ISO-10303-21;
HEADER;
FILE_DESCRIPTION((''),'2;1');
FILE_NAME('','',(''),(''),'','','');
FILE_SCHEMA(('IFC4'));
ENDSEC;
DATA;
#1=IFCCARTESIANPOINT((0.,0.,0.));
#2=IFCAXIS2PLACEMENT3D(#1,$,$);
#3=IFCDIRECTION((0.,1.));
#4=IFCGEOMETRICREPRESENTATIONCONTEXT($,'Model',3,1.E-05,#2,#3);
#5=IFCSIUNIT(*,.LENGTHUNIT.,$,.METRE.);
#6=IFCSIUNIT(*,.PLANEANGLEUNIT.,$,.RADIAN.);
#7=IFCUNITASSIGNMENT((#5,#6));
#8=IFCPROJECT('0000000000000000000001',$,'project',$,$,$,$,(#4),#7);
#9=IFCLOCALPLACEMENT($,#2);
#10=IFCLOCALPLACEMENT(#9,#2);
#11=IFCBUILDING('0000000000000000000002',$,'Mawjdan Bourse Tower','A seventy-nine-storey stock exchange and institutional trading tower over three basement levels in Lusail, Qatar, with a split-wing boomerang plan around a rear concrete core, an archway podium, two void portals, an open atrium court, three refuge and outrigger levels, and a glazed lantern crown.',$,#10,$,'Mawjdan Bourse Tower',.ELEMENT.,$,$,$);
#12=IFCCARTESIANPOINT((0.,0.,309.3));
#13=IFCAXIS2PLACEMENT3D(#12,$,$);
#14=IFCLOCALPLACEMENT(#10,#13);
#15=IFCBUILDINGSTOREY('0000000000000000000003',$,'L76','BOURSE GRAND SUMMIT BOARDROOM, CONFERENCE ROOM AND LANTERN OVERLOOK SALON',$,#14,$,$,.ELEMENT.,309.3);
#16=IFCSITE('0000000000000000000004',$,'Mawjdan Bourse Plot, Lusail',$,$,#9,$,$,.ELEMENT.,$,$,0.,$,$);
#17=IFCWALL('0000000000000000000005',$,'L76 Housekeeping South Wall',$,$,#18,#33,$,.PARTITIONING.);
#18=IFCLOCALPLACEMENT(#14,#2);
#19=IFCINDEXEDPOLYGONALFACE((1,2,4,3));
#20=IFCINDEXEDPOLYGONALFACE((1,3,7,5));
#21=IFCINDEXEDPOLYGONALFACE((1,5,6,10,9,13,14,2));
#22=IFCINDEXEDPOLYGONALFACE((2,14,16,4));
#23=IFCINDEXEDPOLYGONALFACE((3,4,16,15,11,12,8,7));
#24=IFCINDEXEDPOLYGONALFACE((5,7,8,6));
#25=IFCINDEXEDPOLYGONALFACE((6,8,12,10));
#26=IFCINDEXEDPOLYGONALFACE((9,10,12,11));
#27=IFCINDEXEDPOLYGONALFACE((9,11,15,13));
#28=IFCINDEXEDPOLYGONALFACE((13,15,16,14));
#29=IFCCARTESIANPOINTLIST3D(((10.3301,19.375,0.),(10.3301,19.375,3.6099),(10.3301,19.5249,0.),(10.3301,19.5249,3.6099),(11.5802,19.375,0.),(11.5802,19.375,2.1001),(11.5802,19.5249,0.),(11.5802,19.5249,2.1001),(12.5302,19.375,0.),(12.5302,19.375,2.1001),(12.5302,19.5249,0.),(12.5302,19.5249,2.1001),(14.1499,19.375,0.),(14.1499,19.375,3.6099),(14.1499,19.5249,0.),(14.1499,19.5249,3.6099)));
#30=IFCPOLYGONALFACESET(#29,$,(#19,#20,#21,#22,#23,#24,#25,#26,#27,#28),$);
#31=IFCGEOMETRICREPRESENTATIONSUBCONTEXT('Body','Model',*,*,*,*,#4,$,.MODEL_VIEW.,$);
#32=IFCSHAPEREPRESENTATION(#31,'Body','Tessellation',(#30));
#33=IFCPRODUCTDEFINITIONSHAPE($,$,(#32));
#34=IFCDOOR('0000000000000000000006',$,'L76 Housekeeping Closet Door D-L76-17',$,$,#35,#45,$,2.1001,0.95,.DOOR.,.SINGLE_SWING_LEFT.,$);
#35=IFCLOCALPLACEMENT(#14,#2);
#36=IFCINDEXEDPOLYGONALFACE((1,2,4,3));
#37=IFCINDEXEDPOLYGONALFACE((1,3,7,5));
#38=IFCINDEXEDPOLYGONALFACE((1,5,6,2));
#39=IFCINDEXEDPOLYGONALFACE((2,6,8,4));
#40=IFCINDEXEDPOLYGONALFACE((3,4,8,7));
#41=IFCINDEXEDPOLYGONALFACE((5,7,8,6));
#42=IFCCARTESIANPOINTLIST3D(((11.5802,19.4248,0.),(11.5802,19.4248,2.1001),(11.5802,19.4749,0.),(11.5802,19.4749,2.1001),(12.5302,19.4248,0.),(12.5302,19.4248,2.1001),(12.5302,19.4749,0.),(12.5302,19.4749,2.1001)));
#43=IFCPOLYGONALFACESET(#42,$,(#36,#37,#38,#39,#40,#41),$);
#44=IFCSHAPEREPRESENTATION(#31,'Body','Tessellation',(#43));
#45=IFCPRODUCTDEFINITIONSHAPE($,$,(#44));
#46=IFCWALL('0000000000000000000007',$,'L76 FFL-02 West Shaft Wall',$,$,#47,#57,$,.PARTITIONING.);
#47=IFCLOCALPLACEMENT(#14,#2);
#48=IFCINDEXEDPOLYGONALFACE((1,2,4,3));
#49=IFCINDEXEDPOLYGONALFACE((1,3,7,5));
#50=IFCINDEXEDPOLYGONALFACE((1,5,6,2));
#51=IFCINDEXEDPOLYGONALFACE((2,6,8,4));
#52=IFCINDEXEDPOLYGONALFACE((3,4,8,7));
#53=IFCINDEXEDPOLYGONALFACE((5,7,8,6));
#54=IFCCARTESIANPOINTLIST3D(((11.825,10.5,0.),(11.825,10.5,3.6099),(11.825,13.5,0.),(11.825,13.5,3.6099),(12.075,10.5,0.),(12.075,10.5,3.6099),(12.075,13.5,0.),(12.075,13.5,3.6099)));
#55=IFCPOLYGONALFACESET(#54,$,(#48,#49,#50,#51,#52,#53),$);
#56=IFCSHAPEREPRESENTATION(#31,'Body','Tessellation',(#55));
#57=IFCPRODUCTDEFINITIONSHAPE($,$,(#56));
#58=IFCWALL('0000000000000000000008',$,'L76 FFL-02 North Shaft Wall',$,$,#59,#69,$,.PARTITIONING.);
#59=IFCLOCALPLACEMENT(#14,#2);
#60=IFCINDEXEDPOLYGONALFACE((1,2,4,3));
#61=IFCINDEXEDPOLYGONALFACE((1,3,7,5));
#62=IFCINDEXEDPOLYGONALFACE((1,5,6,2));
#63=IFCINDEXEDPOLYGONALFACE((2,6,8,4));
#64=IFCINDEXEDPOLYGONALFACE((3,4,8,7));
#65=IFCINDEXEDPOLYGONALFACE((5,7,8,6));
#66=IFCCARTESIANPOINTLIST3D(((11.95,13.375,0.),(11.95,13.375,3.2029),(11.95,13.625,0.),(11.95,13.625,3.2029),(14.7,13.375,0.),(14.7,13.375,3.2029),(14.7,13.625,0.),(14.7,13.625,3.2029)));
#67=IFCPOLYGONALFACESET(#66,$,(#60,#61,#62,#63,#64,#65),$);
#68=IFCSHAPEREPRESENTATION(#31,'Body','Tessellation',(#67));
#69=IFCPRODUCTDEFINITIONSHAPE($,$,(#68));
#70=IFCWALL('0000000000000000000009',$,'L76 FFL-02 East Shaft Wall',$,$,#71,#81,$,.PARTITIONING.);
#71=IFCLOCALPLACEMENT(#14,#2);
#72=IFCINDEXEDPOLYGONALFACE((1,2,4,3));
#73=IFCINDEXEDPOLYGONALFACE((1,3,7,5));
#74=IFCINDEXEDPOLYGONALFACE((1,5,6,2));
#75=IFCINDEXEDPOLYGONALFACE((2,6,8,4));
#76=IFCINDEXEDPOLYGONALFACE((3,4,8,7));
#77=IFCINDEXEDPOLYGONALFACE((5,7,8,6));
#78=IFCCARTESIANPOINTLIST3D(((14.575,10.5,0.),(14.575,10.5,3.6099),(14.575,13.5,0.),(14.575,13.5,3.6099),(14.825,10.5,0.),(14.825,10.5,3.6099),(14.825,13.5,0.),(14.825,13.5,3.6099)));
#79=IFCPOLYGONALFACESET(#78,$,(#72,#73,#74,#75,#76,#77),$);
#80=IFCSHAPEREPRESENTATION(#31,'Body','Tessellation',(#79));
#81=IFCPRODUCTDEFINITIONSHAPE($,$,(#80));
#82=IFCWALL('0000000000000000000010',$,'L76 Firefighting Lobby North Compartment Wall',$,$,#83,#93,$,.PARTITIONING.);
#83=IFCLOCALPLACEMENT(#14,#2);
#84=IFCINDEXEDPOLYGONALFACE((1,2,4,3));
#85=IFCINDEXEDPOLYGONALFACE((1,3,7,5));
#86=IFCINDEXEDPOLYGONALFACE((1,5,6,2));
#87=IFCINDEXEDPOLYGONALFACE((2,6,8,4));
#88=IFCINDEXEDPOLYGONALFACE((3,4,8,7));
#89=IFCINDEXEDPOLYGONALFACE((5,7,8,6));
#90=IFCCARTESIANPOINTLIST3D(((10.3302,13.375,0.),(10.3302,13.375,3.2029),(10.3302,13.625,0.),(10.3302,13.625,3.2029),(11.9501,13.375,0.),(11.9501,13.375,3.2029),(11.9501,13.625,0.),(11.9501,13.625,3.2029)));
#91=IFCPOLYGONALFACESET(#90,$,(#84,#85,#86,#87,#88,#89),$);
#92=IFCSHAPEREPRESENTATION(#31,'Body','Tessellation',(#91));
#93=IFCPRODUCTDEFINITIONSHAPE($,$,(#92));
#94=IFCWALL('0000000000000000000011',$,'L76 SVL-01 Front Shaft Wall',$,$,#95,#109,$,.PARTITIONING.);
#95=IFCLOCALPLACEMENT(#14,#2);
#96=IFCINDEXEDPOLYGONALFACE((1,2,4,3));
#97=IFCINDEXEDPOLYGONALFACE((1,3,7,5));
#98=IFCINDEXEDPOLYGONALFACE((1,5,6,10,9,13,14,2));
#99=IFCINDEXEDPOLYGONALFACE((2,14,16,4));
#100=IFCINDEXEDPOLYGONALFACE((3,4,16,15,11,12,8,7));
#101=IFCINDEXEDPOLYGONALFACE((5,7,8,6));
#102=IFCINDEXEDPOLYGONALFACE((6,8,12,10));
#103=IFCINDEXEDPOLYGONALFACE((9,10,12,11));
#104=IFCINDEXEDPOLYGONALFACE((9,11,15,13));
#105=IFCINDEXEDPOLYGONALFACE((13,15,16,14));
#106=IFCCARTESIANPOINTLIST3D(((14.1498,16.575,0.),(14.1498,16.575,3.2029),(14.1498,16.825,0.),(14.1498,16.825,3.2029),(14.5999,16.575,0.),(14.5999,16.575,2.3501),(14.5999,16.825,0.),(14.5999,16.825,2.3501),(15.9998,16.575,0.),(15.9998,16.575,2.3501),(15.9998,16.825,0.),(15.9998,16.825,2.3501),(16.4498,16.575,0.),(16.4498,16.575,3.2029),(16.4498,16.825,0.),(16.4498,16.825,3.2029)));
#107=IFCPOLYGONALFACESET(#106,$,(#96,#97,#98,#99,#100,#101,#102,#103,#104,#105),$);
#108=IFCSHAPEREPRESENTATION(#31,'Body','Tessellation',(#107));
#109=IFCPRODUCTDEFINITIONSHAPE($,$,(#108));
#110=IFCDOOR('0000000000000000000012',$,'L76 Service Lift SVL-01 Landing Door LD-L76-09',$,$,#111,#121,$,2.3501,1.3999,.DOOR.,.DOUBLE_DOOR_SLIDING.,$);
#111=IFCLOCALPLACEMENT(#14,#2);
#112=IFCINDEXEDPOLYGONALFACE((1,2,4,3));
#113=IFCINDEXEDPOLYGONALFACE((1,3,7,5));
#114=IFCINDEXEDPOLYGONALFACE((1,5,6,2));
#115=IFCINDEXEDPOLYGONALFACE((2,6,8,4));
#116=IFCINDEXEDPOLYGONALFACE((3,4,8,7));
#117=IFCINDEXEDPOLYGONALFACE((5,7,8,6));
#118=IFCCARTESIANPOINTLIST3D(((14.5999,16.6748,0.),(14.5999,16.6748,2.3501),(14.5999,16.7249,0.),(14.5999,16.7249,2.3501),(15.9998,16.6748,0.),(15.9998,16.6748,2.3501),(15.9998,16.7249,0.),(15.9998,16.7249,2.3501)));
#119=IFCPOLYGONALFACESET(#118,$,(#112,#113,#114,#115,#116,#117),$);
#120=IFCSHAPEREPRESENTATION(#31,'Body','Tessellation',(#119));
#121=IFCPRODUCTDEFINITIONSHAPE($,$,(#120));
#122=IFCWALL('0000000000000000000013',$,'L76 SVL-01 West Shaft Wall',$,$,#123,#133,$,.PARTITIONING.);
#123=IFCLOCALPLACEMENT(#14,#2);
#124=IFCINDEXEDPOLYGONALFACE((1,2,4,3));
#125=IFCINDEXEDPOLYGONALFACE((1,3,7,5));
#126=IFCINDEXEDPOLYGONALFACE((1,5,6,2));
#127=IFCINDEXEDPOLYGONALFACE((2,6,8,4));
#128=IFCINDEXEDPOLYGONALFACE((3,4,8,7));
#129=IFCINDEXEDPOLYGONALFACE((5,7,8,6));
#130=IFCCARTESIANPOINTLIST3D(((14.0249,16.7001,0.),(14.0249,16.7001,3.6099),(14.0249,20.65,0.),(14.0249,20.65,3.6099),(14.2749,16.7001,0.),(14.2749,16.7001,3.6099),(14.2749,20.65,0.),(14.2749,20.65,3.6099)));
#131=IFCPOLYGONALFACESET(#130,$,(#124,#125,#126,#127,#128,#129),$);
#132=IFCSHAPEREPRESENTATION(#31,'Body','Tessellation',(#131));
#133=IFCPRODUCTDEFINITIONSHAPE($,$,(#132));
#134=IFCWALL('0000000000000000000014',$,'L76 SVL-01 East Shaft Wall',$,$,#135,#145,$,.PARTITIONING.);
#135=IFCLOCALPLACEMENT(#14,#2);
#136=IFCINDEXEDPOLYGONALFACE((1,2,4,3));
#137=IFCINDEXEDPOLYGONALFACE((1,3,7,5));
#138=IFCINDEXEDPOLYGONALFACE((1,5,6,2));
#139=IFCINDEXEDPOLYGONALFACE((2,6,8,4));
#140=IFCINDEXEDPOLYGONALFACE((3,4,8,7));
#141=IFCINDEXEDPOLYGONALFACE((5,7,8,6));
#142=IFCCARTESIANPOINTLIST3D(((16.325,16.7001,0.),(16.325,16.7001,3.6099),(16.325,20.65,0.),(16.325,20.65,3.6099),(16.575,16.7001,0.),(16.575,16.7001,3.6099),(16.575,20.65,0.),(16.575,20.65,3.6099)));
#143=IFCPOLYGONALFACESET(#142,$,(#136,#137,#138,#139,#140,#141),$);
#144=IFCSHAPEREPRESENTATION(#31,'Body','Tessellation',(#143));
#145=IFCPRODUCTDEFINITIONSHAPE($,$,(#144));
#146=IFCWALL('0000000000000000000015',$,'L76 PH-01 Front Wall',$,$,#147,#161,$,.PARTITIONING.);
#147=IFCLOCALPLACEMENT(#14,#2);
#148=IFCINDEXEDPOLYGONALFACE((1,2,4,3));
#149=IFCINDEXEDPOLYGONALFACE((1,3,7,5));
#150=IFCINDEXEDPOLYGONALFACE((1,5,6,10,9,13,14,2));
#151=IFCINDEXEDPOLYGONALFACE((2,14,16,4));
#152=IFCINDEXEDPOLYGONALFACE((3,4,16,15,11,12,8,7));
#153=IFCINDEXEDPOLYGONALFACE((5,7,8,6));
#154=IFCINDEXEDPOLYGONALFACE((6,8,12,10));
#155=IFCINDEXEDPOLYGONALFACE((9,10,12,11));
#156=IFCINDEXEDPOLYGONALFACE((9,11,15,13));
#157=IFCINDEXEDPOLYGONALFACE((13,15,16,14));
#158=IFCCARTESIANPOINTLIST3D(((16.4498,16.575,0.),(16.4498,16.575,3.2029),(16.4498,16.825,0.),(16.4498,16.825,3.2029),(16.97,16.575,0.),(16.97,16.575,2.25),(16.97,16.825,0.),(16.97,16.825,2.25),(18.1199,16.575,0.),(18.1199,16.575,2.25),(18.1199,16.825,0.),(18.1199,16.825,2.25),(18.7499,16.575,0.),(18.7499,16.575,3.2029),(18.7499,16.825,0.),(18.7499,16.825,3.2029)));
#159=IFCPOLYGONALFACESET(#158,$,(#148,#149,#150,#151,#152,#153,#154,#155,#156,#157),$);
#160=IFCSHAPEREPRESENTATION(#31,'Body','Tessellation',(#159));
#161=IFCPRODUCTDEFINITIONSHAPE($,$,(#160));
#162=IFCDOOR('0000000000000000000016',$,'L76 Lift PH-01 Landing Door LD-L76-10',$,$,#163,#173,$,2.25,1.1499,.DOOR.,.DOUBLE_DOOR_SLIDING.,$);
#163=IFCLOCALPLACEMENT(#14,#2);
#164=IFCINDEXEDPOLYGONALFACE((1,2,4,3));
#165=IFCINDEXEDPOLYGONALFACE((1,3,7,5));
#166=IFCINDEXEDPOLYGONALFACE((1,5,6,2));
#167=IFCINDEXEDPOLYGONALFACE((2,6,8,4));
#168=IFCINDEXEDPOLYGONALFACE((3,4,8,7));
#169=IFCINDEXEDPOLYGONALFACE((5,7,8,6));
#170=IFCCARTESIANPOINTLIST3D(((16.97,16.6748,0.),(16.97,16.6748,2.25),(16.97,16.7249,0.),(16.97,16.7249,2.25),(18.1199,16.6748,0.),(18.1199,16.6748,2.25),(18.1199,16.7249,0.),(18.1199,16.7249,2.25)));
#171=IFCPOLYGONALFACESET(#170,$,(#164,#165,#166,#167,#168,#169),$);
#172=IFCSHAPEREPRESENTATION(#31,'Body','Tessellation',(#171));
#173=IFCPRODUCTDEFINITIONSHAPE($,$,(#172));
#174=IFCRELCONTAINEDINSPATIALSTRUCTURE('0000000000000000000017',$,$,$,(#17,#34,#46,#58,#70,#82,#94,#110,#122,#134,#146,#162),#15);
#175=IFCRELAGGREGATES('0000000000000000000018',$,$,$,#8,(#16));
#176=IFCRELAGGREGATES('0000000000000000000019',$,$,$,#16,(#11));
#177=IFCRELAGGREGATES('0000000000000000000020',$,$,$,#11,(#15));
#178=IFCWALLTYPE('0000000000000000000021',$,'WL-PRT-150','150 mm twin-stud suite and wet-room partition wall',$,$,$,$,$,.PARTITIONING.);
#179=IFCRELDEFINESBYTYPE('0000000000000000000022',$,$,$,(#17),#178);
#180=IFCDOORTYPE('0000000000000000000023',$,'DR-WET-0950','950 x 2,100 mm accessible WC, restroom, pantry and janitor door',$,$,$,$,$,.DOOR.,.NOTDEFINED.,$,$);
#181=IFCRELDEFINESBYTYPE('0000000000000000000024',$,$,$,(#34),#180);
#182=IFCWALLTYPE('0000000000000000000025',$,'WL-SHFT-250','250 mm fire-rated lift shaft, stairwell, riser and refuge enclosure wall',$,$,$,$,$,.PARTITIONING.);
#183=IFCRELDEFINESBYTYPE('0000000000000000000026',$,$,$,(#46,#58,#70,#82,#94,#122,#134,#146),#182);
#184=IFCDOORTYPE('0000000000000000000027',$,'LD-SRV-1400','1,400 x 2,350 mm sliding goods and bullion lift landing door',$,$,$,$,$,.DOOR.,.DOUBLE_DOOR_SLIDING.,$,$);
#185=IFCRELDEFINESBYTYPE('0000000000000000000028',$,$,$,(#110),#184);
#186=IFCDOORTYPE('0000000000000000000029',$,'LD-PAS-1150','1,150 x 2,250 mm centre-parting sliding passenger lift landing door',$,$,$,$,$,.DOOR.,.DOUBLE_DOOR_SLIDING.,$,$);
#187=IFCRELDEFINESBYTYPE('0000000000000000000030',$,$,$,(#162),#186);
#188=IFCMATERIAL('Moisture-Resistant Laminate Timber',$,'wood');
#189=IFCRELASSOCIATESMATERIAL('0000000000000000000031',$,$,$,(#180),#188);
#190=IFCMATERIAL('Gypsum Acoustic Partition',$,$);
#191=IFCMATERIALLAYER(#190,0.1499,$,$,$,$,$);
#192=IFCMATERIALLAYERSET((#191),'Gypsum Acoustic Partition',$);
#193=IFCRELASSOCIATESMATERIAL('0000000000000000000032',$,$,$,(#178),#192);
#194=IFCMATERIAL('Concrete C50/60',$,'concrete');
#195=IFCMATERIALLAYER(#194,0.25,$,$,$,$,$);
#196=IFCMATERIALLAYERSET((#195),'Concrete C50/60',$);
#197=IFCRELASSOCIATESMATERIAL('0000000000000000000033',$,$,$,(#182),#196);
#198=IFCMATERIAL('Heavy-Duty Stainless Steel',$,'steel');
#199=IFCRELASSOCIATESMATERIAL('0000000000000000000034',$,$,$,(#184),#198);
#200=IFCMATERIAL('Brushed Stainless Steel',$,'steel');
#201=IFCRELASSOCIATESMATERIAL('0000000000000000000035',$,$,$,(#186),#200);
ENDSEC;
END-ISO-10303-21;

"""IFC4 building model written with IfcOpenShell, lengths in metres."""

from ifc_helpers import new_model, si_unit, direction, frame, frame_2d, origin, place, context, subcontext, project, spatial, rectangle, extrude, material, layer, layer_set, type_object, element, fill, save


model = new_model("IFC4")

# Units and contexts
model_context = context("Model", 3, precision=1e-05, world=origin(), true_north=direction((0.0, 1.0)))
body_context = subcontext(model_context, "Body", "Model", "MODEL_VIEW")
ifc_project = project(units=[si_unit("LENGTHUNIT", "METRE"), si_unit("PLANEANGLEUNIT", "RADIAN")], contexts=[model_context])

# Site, building, storey
site_placement = place(None, origin())
site = spatial("IfcSite", under=ifc_project, at=site_placement, Name="Mawjdan Bourse Plot, Lusail", CompositionType="ELEMENT", RefElevation=0.0)
building_placement = place(site_placement, origin())
building = spatial("IfcBuilding", under=site, at=building_placement, Name="Mawjdan Bourse Tower", Description="A seventy-nine-storey stock exchange and institutional trading tower over three basement levels in Lusail, Qatar, with a split-wing boomerang plan around a rear concrete core, an archway podium, two void portals, an open atrium court, three refuge and outrigger levels, and a glazed lantern crown.", LongName="Mawjdan Bourse Tower", CompositionType="ELEMENT")
storey_placement = place(building_placement, frame((0.0, 0.0, 309.3)))
storey = spatial("IfcBuildingStorey", under=building, at=storey_placement, Name="L76", Description="BOURSE GRAND SUMMIT BOARDROOM, CONFERENCE ROOM AND LANTERN OVERLOOK SALON", CompositionType="ELEMENT", Elevation=309.3)

# Wall, opening, door
ifc_material_1 = material(Name="Moisture-Resistant Laminate Timber", Category="wood")
door_type_1 = type_object("IfcDoorType", Name="DR-WET-0950", Description="950 x 2,100 mm accessible WC, restroom, pantry and janitor door", OperationType="NOTDEFINED", PredefinedType="DOOR", material=ifc_material_1)
ifc_material_2 = material(Name="Gypsum Acoustic Partition")
ifc_layer_1 = layer(ifc_material_2, 0.1499)
ifc_layer_set_1 = layer_set([ifc_layer_1], Name="Gypsum Acoustic Partition")
wall_type_1 = type_object("IfcWallType", Name="WL-PRT-150", Description="150 mm twin-stud suite and wet-room partition wall", PredefinedType="PARTITIONING", material=ifc_layer_set_1)
wall_1_placement = place(storey_placement, frame((10.3301, 19.45, 0.0), z_axis=(0.0, 0.0, 1.0), x_axis=(1.0, 0.0, 0.0)))
wall_1 = element("IfcWall", 1, at=wall_1_placement, inside=storey, type_object=wall_type_1, Name="L76 Housekeeping South Wall", PredefinedType="PARTITIONING", context=body_context, shape_type="SweptSolid", body=[
    extrude(rectangle(XDim=3.8198, YDim=0.1499, at=frame_2d((1.9099, 0.0))), origin(), (0.0, 0.0, 1.0), 3.6099),
])
opening_1_placement = place(wall_1_placement, frame((1.25, 0.0, 0.0)))
opening_1 = element("IfcOpeningElement", 2, at=opening_1_placement, cuts=wall_1, PredefinedType="OPENING", context=body_context, shape_type="SweptSolid", body=[
    extrude(rectangle(XDim=0.95, YDim=2.1001, at=frame_2d((0.4751, 1.05))), frame((0.0, 0.085, 0.0), z_axis=(0.0, -1.0, 0.0), x_axis=(1.0, 0.0, 0.0)), (0.0, 0.0, 1.0), 0.1699),
])
door_1_placement = place(opening_1_placement, origin())
door_1 = element("IfcDoor", 3, at=door_1_placement, inside=storey, type_object=door_type_1, Name="L76 Housekeeping Closet Door D-L76-17", OperationType="SINGLE_SWING_LEFT", OverallHeight=2.1001, OverallWidth=0.95, PredefinedType="DOOR", context=body_context, shape_type="SweptSolid", body=[
    extrude(rectangle(XDim=0.95, YDim=2.1001, at=frame_2d((0.4751, 1.05))), frame((0.0, 0.0249, 0.0), z_axis=(0.0, -1.0, 0.0), x_axis=(1.0, 0.0, 0.0)), (0.0, 0.0, 1.0), 0.05),
])
fill(opening_1, door_1)

# Walls
ifc_material_3 = material(Name="Concrete C50/60", Category="concrete")
ifc_layer_2 = layer(ifc_material_3, 0.25)
ifc_layer_set_2 = layer_set([ifc_layer_2], Name="Concrete C50/60")
wall_type_2 = type_object("IfcWallType", Name="WL-SHFT-250", Description="250 mm fire-rated lift shaft, stairwell, riser and refuge enclosure wall", PredefinedType="PARTITIONING", material=ifc_layer_set_2)
wall_2_placement = place(storey_placement, frame((11.95, 10.5, 0.0), z_axis=(0.0, 0.0, 1.0), x_axis=(0.0, 1.0, 0.0)))
element("IfcWall", 4, at=wall_2_placement, inside=storey, type_object=wall_type_2, Name="L76 FFL-02 West Shaft Wall", PredefinedType="PARTITIONING", context=body_context, shape_type="SweptSolid", body=[
    extrude(rectangle(XDim=3.0, YDim=0.25, at=frame_2d((1.5, 0.0))), origin(), (0.0, 0.0, 1.0), 3.6099),
])
wall_3_placement = place(storey_placement, frame((11.95, 13.5, 0.0), z_axis=(0.0, 0.0, 1.0), x_axis=(1.0, 0.0, 0.0)))
element("IfcWall", 5, at=wall_3_placement, inside=storey, type_object=wall_type_2, Name="L76 FFL-02 North Shaft Wall", PredefinedType="PARTITIONING", context=body_context, shape_type="SweptSolid", body=[
    extrude(rectangle(XDim=2.75, YDim=0.25, at=frame_2d((1.375, 0.0))), origin(), (0.0, 0.0, 1.0), 3.2029),
])
wall_4_placement = place(storey_placement, frame((14.7, 10.5, 0.0), z_axis=(0.0, 0.0, 1.0), x_axis=(0.0, 1.0, 0.0)))
element("IfcWall", 6, at=wall_4_placement, inside=storey, type_object=wall_type_2, Name="L76 FFL-02 East Shaft Wall", PredefinedType="PARTITIONING", context=body_context, shape_type="SweptSolid", body=[
    extrude(rectangle(XDim=3.0, YDim=0.25, at=frame_2d((1.5, 0.0))), origin(), (0.0, 0.0, 1.0), 3.6099),
])
wall_5_placement = place(storey_placement, frame((10.3301, 13.5, 0.0), z_axis=(0.0, 0.0, 1.0), x_axis=(1.0, 0.0, 0.0)))
element("IfcWall", 7, at=wall_5_placement, inside=storey, type_object=wall_type_2, Name="L76 Firefighting Lobby North Compartment Wall", PredefinedType="PARTITIONING", context=body_context, shape_type="SweptSolid", body=[
    extrude(rectangle(XDim=1.6199, YDim=0.25, at=frame_2d((0.8101, 0.0))), origin(), (0.0, 0.0, 1.0), 3.2029),
])

# Wall, opening, door
wall_6_placement = place(storey_placement, frame((14.1499, 16.7, 0.0), z_axis=(0.0, 0.0, 1.0), x_axis=(1.0, 0.0, 0.0)))
wall_6 = element("IfcWall", 8, at=wall_6_placement, inside=storey, type_object=wall_type_2, Name="L76 SVL-01 Front Shaft Wall", PredefinedType="PARTITIONING", context=body_context, shape_type="SweptSolid", body=[
    extrude(rectangle(XDim=2.3, YDim=0.25, at=frame_2d((1.1499, 0.0))), origin(), (0.0, 0.0, 1.0), 3.2029),
])
opening_2_placement = place(wall_6_placement, frame((0.45, 0.0, 0.0)))
opening_2 = element("IfcOpeningElement", 9, at=opening_2_placement, cuts=wall_6, PredefinedType="OPENING", context=body_context, shape_type="SweptSolid", body=[
    extrude(rectangle(XDim=1.3999, YDim=2.3501, at=frame_2d((0.7, 1.175))), frame((0.0, 0.135, 0.0), z_axis=(0.0, -1.0, 0.0), x_axis=(1.0, 0.0, 0.0)), (0.0, 0.0, 1.0), 0.27),
])
ifc_material_4 = material(Name="Heavy-Duty Stainless Steel", Category="steel")
door_type_2 = type_object("IfcDoorType", Name="LD-SRV-1400", Description="1,400 x 2,350 mm sliding goods and bullion lift landing door", OperationType="DOUBLE_DOOR_SLIDING", PredefinedType="DOOR", material=ifc_material_4)
door_2_placement = place(opening_2_placement, origin())
door_2 = element("IfcDoor", 10, at=door_2_placement, inside=storey, type_object=door_type_2, Name="L76 Service Lift SVL-01 Landing Door LD-L76-09", OperationType="DOUBLE_DOOR_SLIDING", OverallHeight=2.3501, OverallWidth=1.3999, PredefinedType="DOOR", context=body_context, shape_type="SweptSolid", body=[
    extrude(rectangle(XDim=1.3999, YDim=2.3501, at=frame_2d((0.7, 1.175))), frame((0.0, 0.0249, 0.0), z_axis=(0.0, -1.0, 0.0), x_axis=(1.0, 0.0, 0.0)), (0.0, 0.0, 1.0), 0.05),
])
fill(opening_2, door_2)

# Walls
for number, where, z_axis, x_axis, name in (
    (11, (14.1499, 16.7, 0.0), (0.0, 0.0, 1.0), (0.0, 1.0, 0.0), "L76 SVL-01 West Shaft Wall"),
    (12, (16.45, 16.7, 0.0), (0.0, 0.0, 1.0), (0.0, 1.0, 0.0), "L76 SVL-01 East Shaft Wall"),
):
    element("IfcWall", number, at=place(storey_placement, frame(where, z_axis=z_axis, x_axis=x_axis)), inside=storey, type_object=wall_type_2, Name=name, PredefinedType="PARTITIONING", context=body_context, shape_type="SweptSolid", body=[
        extrude(rectangle(XDim=3.95, YDim=0.25, at=frame_2d((1.9751, 0.0))), origin(), (0.0, 0.0, 1.0), 3.6099),
    ])

# Wall, opening, door
wall_7_placement = place(storey_placement, frame((16.45, 16.7, 0.0), z_axis=(0.0, 0.0, 1.0), x_axis=(1.0, 0.0, 0.0)))
wall_7 = element("IfcWall", 13, at=wall_7_placement, inside=storey, type_object=wall_type_2, Name="L76 PH-01 Front Wall", PredefinedType="PARTITIONING", context=body_context, shape_type="SweptSolid", body=[
    extrude(rectangle(XDim=2.3, YDim=0.25, at=frame_2d((1.1499, 0.0))), origin(), (0.0, 0.0, 1.0), 3.2029),
])
opening_3_placement = place(wall_7_placement, frame((0.52, 0.0, 0.0)))
opening_3 = element("IfcOpeningElement", 14, at=opening_3_placement, cuts=wall_7, PredefinedType="OPENING", context=body_context, shape_type="SweptSolid", body=[
    extrude(rectangle(XDim=1.1499, YDim=2.25, at=frame_2d((0.575, 1.125))), frame((0.0, 0.135, 0.0), z_axis=(0.0, -1.0, 0.0), x_axis=(1.0, 0.0, 0.0)), (0.0, 0.0, 1.0), 0.27),
])
ifc_material_5 = material(Name="Brushed Stainless Steel", Category="steel")
door_type_3 = type_object("IfcDoorType", Name="LD-PAS-1150", Description="1,150 x 2,250 mm centre-parting sliding passenger lift landing door", OperationType="DOUBLE_DOOR_SLIDING", PredefinedType="DOOR", material=ifc_material_5)
door_3_placement = place(opening_3_placement, origin())
door_3 = element("IfcDoor", 15, at=door_3_placement, inside=storey, type_object=door_type_3, Name="L76 Lift PH-01 Landing Door LD-L76-10", OperationType="DOUBLE_DOOR_SLIDING", OverallHeight=2.25, OverallWidth=1.1499, PredefinedType="DOOR", context=body_context, shape_type="SweptSolid", body=[
    extrude(rectangle(XDim=1.1499, YDim=2.25, at=frame_2d((0.575, 1.125))), frame((0.0, 0.0249, 0.0), z_axis=(0.0, -1.0, 0.0), x_axis=(1.0, 0.0, 0.0)), (0.0, 0.0, 1.0), 0.05),
])
fill(opening_3, door_3)

save(model, "model.ifc")
